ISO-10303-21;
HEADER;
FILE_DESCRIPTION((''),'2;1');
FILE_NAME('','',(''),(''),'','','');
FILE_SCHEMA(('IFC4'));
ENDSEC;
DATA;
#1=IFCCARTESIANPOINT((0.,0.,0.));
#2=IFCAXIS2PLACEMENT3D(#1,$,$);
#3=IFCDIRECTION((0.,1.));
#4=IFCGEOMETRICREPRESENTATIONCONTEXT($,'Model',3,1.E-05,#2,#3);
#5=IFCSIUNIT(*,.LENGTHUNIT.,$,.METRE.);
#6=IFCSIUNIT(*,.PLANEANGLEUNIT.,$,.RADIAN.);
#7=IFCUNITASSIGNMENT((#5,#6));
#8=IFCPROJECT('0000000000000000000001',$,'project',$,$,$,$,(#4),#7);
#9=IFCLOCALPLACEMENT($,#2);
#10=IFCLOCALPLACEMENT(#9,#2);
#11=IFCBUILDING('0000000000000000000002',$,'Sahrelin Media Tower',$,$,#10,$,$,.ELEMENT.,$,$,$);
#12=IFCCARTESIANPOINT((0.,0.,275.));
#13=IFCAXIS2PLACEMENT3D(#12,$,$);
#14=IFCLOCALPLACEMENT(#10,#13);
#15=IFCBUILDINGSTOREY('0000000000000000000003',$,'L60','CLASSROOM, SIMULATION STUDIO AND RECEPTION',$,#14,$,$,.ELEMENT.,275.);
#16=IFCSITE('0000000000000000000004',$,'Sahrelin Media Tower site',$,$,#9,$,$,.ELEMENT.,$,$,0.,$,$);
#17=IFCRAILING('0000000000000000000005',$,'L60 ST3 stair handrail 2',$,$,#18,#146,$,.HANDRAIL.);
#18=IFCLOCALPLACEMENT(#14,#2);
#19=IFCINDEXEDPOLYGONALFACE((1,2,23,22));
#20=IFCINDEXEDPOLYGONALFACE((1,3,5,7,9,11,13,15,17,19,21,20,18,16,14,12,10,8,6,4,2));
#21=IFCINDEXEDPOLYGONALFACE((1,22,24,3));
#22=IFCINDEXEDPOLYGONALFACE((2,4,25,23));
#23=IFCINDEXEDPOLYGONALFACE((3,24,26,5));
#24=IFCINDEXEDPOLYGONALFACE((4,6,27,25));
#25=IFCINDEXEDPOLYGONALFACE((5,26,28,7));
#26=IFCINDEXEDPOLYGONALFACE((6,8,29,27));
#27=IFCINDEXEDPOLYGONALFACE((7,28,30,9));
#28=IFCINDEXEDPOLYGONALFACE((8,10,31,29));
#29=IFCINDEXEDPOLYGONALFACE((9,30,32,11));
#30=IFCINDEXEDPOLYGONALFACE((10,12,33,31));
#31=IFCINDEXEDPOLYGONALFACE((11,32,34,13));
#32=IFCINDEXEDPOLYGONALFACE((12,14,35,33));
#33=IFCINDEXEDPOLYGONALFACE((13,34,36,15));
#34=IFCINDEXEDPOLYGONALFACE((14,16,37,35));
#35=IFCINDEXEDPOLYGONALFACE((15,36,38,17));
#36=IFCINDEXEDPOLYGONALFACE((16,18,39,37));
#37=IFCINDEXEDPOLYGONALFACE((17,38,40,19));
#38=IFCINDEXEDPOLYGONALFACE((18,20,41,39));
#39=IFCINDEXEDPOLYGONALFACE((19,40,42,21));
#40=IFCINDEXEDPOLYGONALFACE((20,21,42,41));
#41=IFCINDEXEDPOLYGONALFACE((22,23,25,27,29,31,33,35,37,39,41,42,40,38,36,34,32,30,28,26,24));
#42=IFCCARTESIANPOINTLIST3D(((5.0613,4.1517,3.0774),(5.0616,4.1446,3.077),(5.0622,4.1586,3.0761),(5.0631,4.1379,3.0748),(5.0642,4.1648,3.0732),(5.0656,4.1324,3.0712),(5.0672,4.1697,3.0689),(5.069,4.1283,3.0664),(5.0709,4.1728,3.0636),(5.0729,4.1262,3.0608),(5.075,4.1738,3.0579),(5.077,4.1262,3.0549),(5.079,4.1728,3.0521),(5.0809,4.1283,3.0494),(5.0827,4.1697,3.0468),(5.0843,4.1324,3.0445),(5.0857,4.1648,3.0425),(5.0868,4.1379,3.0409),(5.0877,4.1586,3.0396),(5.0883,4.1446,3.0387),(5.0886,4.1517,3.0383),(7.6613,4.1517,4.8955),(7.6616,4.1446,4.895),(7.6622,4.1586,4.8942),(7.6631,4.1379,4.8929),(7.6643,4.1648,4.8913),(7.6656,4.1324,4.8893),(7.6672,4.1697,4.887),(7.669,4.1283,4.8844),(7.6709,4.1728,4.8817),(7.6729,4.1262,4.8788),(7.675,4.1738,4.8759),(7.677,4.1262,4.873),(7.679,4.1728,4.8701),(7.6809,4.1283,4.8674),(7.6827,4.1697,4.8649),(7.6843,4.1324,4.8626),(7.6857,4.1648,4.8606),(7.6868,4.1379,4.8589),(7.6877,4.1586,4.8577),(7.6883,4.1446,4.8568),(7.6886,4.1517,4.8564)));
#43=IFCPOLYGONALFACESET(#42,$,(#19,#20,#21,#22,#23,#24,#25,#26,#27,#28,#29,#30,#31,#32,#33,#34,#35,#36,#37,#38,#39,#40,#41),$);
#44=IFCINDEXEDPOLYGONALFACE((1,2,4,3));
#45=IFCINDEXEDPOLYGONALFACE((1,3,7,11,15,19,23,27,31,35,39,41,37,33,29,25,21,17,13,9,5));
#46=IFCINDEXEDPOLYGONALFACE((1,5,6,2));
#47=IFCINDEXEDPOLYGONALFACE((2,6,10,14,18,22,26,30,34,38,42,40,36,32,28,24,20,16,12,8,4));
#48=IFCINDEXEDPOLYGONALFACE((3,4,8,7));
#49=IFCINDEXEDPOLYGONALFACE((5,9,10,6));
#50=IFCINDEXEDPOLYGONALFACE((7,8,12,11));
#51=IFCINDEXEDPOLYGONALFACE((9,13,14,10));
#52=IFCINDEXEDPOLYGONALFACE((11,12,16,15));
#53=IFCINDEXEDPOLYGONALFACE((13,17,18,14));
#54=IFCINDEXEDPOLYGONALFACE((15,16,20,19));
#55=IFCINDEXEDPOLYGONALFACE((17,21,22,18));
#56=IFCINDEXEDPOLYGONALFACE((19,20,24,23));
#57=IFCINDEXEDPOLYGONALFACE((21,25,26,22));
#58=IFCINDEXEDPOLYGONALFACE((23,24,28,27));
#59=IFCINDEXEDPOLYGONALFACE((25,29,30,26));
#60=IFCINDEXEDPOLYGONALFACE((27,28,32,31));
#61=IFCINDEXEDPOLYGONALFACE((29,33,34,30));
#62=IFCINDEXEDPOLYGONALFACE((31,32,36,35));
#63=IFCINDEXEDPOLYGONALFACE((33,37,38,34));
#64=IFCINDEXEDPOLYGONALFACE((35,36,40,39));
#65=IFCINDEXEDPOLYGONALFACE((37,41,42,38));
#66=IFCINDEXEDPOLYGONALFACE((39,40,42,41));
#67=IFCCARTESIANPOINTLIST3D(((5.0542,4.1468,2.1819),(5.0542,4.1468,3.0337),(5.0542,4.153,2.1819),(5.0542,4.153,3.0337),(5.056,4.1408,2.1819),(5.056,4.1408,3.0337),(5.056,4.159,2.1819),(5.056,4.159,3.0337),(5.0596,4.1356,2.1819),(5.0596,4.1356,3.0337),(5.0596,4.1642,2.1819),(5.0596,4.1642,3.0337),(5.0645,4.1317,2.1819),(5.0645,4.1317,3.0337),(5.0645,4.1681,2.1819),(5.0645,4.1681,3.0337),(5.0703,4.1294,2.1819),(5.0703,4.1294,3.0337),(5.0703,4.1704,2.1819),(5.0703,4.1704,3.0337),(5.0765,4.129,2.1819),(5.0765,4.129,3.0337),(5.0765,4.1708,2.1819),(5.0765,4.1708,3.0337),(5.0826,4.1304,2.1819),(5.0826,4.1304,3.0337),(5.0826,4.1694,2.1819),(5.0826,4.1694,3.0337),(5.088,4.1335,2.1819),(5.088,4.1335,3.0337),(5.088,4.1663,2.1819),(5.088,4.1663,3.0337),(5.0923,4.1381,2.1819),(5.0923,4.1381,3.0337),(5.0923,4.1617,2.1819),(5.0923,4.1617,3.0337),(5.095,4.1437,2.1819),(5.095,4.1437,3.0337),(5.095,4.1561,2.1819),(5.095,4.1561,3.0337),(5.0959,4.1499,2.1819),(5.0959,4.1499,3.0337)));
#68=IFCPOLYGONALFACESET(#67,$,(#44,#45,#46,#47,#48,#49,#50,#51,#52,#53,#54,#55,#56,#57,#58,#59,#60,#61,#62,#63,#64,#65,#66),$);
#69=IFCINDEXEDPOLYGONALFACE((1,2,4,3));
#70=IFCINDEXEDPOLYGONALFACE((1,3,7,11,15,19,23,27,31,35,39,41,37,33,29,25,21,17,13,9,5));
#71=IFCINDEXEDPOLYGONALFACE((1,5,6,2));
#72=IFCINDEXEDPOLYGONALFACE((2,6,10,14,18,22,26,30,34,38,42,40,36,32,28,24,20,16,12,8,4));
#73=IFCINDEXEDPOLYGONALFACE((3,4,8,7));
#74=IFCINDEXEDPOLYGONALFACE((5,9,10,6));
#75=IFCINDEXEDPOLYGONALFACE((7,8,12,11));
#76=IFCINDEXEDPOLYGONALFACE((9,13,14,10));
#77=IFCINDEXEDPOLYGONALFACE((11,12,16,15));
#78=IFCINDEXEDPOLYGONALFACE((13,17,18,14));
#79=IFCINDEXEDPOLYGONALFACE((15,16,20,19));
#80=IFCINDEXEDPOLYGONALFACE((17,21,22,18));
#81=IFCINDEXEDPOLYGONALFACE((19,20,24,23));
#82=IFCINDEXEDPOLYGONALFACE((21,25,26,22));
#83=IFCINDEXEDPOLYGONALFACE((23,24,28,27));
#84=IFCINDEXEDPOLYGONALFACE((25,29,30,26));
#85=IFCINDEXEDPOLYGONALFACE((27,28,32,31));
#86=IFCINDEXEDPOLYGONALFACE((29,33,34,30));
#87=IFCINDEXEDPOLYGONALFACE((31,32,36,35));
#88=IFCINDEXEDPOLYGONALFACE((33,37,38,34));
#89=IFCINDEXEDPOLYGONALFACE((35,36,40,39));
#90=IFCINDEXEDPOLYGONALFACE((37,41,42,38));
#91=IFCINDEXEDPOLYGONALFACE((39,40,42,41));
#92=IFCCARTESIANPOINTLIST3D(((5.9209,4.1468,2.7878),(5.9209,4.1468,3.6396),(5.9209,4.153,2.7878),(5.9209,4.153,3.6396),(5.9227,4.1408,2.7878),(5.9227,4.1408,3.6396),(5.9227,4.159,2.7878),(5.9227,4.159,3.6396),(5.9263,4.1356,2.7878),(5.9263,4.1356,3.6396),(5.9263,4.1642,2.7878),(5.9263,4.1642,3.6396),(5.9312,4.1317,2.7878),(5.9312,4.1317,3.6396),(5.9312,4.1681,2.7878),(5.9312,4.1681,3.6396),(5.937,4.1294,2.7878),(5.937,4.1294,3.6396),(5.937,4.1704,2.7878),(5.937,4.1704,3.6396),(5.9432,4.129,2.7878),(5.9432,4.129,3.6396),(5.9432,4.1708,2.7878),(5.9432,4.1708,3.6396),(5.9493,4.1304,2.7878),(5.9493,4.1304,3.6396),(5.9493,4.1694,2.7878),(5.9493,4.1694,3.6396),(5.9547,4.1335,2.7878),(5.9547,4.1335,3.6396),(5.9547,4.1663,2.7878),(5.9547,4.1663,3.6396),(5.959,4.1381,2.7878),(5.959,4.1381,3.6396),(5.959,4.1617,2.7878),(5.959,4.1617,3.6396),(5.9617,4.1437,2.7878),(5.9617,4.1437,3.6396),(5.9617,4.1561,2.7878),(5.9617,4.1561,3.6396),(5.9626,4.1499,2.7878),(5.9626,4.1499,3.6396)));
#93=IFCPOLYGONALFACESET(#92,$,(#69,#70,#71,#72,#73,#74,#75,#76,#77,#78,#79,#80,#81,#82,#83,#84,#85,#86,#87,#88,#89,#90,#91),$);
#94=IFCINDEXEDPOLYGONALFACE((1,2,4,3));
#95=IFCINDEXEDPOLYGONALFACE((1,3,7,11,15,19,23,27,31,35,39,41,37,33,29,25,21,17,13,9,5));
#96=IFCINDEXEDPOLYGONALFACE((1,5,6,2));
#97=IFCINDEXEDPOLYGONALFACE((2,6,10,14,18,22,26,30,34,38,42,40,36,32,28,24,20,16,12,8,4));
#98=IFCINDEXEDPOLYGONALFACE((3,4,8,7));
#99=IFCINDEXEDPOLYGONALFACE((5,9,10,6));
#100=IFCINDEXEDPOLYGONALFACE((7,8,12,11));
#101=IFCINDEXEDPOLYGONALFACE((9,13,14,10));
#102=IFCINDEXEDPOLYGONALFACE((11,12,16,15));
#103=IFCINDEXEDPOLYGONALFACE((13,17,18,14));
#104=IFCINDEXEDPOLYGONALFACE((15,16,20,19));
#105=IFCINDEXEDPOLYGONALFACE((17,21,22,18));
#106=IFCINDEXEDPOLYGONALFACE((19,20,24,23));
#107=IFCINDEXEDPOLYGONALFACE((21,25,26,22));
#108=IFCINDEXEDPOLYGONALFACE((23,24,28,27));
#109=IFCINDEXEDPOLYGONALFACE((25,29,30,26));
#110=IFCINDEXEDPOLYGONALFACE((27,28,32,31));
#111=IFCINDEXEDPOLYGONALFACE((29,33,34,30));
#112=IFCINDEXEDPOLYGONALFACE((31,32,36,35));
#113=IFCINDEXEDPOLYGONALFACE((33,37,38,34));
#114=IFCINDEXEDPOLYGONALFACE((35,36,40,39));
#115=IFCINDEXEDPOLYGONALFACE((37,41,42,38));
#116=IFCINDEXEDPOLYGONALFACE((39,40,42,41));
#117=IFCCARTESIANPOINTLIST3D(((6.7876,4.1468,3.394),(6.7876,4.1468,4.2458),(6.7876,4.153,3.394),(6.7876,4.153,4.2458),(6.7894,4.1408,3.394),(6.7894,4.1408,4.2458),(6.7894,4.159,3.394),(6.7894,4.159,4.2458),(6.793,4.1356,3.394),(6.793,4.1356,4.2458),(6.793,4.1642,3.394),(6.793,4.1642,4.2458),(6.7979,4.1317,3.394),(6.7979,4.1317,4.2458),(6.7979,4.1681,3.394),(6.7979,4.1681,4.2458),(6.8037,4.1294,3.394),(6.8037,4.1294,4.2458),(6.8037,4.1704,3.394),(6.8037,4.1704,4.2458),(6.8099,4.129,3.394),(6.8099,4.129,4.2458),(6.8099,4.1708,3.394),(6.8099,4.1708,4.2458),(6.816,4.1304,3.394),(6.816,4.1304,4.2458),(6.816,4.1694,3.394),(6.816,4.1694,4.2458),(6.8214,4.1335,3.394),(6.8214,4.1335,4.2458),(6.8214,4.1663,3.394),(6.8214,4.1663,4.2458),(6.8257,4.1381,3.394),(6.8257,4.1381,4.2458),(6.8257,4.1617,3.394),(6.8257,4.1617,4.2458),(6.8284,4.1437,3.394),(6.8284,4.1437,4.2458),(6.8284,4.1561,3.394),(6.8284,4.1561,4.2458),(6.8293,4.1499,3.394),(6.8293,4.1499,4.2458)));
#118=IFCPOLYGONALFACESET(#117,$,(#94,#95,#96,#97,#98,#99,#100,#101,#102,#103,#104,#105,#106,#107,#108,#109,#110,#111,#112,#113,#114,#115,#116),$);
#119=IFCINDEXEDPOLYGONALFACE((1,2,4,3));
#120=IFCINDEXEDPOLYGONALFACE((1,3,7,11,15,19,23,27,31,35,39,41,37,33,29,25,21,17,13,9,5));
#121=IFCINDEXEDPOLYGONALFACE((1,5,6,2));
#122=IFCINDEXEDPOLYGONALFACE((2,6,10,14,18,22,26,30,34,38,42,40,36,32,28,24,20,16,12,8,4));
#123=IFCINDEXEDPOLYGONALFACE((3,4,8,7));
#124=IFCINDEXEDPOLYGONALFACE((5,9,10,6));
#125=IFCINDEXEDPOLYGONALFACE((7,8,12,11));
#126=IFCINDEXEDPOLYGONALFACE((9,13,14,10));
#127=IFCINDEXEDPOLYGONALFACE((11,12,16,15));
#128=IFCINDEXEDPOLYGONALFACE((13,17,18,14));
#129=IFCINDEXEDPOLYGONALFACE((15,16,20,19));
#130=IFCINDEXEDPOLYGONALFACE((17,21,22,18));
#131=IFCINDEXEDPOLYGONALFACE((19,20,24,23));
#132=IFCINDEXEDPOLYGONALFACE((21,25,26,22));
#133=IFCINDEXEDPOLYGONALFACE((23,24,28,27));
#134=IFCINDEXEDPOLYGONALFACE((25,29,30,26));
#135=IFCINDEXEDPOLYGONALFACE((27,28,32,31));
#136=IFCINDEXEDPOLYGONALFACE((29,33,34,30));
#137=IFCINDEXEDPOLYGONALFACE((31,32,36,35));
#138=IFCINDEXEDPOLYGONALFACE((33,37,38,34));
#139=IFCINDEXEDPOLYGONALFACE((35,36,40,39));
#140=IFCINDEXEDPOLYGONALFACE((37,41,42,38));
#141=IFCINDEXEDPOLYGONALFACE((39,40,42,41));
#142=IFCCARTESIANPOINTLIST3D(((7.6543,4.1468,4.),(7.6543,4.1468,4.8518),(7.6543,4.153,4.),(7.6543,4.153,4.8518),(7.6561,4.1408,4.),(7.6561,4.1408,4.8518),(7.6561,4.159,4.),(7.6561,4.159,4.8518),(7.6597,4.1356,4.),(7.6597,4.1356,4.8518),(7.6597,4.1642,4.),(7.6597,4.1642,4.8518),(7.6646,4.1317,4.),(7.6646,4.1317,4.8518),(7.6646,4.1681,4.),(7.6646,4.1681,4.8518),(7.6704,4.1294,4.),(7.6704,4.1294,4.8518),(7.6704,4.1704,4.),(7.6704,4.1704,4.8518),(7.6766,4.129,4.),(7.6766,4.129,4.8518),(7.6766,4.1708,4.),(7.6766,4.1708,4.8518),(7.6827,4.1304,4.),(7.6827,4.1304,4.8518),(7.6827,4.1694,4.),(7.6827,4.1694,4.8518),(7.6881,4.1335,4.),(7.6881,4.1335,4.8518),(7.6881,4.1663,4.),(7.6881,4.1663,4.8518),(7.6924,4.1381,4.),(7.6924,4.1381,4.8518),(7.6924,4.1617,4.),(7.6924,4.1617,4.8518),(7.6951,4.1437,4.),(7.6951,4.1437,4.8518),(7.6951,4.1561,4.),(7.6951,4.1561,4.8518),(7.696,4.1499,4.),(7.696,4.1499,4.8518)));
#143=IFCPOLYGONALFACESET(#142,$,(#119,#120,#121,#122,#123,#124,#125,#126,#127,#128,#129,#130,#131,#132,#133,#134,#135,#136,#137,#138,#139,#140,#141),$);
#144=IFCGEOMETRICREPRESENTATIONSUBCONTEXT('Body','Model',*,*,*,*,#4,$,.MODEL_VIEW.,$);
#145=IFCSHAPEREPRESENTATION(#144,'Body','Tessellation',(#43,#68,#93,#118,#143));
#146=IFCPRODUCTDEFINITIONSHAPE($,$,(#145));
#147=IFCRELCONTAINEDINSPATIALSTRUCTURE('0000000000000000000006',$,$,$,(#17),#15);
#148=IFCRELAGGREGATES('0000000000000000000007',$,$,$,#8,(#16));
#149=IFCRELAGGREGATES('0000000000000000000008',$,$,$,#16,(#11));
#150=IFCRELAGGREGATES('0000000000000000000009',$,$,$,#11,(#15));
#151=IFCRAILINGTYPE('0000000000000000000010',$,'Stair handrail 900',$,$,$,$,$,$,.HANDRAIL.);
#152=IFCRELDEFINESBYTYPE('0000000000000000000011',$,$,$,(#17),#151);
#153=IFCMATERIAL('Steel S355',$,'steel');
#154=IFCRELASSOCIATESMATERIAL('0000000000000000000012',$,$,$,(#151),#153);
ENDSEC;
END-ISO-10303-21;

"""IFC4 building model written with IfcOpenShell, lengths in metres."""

from ifc_helpers import new_model, si_unit, direction, frame, origin, origin_2d, place, context, subcontext, project, spatial, circle, extrude, material, type_object, element, save


model = new_model("IFC4")

# Units and contexts
model_context = context("Model", 3, precision=1e-05, world=origin(), true_north=direction((0.0, 1.0)))
body_context = subcontext(model_context, "Body", "Model", "MODEL_VIEW")
ifc_project = project(units=[si_unit("LENGTHUNIT", "METRE"), si_unit("PLANEANGLEUNIT", "RADIAN")], contexts=[model_context])

# Site, building, storey
site_placement = place(None, origin())
site = spatial("IfcSite", under=ifc_project, at=site_placement, Name="Sahrelin Media Tower site", CompositionType="ELEMENT", RefElevation=0.0)
building_placement = place(site_placement, origin())
building = spatial("IfcBuilding", under=site, at=building_placement, Name="Sahrelin Media Tower", CompositionType="ELEMENT")
storey_placement = place(building_placement, frame((0.0, 0.0, 275.0)))
storey = spatial("IfcBuildingStorey", under=building, at=storey_placement, Name="L60", Description="CLASSROOM, SIMULATION STUDIO AND RECEPTION", CompositionType="ELEMENT", Elevation=275.0)

# Shared definitions
ifc_material_1 = material(Name="Steel S355", Category="steel")

# Railing
railing_type_1 = type_object("IfcRailingType", Name="Stair handrail 900", PredefinedType="HANDRAIL", material=ifc_material_1)
railing_1_placement = place(storey_placement, frame((5.075, 4.1499, 2.1819)))
element("IfcRailing", 1, at=railing_1_placement, inside=storey, type_object=railing_type_1, Name="L60 ST3 stair handrail 2", PredefinedType="HANDRAIL", context=body_context, shape_type="SweptSolid", body=[
    extrude(circle(Radius=0.0239, at=origin_2d()), frame((0.0, 0.0, 0.876), z_axis=(0.819521, 0.0, 0.573049), x_axis=(0.0, 1.0, 0.0)), (0.0, 0.0, 1.0), 3.1726),
    extrude(circle(Radius=0.021, at=origin_2d()), origin(), (0.0, 0.0, 1.0), 0.8518),
    extrude(circle(Radius=0.021, at=origin_2d()), frame((0.8667, 0.0, 0.606)), (0.0, 0.0, 1.0), 0.8518),
    extrude(circle(Radius=0.021, at=origin_2d()), frame((1.7334, 0.0, 1.2122)), (0.0, 0.0, 1.0), 0.8518),
    extrude(circle(Radius=0.021, at=origin_2d()), frame((2.6001, 0.0, 1.8181)), (0.0, 0.0, 1.0), 0.8518),
])

save(model, "model.ifc")
